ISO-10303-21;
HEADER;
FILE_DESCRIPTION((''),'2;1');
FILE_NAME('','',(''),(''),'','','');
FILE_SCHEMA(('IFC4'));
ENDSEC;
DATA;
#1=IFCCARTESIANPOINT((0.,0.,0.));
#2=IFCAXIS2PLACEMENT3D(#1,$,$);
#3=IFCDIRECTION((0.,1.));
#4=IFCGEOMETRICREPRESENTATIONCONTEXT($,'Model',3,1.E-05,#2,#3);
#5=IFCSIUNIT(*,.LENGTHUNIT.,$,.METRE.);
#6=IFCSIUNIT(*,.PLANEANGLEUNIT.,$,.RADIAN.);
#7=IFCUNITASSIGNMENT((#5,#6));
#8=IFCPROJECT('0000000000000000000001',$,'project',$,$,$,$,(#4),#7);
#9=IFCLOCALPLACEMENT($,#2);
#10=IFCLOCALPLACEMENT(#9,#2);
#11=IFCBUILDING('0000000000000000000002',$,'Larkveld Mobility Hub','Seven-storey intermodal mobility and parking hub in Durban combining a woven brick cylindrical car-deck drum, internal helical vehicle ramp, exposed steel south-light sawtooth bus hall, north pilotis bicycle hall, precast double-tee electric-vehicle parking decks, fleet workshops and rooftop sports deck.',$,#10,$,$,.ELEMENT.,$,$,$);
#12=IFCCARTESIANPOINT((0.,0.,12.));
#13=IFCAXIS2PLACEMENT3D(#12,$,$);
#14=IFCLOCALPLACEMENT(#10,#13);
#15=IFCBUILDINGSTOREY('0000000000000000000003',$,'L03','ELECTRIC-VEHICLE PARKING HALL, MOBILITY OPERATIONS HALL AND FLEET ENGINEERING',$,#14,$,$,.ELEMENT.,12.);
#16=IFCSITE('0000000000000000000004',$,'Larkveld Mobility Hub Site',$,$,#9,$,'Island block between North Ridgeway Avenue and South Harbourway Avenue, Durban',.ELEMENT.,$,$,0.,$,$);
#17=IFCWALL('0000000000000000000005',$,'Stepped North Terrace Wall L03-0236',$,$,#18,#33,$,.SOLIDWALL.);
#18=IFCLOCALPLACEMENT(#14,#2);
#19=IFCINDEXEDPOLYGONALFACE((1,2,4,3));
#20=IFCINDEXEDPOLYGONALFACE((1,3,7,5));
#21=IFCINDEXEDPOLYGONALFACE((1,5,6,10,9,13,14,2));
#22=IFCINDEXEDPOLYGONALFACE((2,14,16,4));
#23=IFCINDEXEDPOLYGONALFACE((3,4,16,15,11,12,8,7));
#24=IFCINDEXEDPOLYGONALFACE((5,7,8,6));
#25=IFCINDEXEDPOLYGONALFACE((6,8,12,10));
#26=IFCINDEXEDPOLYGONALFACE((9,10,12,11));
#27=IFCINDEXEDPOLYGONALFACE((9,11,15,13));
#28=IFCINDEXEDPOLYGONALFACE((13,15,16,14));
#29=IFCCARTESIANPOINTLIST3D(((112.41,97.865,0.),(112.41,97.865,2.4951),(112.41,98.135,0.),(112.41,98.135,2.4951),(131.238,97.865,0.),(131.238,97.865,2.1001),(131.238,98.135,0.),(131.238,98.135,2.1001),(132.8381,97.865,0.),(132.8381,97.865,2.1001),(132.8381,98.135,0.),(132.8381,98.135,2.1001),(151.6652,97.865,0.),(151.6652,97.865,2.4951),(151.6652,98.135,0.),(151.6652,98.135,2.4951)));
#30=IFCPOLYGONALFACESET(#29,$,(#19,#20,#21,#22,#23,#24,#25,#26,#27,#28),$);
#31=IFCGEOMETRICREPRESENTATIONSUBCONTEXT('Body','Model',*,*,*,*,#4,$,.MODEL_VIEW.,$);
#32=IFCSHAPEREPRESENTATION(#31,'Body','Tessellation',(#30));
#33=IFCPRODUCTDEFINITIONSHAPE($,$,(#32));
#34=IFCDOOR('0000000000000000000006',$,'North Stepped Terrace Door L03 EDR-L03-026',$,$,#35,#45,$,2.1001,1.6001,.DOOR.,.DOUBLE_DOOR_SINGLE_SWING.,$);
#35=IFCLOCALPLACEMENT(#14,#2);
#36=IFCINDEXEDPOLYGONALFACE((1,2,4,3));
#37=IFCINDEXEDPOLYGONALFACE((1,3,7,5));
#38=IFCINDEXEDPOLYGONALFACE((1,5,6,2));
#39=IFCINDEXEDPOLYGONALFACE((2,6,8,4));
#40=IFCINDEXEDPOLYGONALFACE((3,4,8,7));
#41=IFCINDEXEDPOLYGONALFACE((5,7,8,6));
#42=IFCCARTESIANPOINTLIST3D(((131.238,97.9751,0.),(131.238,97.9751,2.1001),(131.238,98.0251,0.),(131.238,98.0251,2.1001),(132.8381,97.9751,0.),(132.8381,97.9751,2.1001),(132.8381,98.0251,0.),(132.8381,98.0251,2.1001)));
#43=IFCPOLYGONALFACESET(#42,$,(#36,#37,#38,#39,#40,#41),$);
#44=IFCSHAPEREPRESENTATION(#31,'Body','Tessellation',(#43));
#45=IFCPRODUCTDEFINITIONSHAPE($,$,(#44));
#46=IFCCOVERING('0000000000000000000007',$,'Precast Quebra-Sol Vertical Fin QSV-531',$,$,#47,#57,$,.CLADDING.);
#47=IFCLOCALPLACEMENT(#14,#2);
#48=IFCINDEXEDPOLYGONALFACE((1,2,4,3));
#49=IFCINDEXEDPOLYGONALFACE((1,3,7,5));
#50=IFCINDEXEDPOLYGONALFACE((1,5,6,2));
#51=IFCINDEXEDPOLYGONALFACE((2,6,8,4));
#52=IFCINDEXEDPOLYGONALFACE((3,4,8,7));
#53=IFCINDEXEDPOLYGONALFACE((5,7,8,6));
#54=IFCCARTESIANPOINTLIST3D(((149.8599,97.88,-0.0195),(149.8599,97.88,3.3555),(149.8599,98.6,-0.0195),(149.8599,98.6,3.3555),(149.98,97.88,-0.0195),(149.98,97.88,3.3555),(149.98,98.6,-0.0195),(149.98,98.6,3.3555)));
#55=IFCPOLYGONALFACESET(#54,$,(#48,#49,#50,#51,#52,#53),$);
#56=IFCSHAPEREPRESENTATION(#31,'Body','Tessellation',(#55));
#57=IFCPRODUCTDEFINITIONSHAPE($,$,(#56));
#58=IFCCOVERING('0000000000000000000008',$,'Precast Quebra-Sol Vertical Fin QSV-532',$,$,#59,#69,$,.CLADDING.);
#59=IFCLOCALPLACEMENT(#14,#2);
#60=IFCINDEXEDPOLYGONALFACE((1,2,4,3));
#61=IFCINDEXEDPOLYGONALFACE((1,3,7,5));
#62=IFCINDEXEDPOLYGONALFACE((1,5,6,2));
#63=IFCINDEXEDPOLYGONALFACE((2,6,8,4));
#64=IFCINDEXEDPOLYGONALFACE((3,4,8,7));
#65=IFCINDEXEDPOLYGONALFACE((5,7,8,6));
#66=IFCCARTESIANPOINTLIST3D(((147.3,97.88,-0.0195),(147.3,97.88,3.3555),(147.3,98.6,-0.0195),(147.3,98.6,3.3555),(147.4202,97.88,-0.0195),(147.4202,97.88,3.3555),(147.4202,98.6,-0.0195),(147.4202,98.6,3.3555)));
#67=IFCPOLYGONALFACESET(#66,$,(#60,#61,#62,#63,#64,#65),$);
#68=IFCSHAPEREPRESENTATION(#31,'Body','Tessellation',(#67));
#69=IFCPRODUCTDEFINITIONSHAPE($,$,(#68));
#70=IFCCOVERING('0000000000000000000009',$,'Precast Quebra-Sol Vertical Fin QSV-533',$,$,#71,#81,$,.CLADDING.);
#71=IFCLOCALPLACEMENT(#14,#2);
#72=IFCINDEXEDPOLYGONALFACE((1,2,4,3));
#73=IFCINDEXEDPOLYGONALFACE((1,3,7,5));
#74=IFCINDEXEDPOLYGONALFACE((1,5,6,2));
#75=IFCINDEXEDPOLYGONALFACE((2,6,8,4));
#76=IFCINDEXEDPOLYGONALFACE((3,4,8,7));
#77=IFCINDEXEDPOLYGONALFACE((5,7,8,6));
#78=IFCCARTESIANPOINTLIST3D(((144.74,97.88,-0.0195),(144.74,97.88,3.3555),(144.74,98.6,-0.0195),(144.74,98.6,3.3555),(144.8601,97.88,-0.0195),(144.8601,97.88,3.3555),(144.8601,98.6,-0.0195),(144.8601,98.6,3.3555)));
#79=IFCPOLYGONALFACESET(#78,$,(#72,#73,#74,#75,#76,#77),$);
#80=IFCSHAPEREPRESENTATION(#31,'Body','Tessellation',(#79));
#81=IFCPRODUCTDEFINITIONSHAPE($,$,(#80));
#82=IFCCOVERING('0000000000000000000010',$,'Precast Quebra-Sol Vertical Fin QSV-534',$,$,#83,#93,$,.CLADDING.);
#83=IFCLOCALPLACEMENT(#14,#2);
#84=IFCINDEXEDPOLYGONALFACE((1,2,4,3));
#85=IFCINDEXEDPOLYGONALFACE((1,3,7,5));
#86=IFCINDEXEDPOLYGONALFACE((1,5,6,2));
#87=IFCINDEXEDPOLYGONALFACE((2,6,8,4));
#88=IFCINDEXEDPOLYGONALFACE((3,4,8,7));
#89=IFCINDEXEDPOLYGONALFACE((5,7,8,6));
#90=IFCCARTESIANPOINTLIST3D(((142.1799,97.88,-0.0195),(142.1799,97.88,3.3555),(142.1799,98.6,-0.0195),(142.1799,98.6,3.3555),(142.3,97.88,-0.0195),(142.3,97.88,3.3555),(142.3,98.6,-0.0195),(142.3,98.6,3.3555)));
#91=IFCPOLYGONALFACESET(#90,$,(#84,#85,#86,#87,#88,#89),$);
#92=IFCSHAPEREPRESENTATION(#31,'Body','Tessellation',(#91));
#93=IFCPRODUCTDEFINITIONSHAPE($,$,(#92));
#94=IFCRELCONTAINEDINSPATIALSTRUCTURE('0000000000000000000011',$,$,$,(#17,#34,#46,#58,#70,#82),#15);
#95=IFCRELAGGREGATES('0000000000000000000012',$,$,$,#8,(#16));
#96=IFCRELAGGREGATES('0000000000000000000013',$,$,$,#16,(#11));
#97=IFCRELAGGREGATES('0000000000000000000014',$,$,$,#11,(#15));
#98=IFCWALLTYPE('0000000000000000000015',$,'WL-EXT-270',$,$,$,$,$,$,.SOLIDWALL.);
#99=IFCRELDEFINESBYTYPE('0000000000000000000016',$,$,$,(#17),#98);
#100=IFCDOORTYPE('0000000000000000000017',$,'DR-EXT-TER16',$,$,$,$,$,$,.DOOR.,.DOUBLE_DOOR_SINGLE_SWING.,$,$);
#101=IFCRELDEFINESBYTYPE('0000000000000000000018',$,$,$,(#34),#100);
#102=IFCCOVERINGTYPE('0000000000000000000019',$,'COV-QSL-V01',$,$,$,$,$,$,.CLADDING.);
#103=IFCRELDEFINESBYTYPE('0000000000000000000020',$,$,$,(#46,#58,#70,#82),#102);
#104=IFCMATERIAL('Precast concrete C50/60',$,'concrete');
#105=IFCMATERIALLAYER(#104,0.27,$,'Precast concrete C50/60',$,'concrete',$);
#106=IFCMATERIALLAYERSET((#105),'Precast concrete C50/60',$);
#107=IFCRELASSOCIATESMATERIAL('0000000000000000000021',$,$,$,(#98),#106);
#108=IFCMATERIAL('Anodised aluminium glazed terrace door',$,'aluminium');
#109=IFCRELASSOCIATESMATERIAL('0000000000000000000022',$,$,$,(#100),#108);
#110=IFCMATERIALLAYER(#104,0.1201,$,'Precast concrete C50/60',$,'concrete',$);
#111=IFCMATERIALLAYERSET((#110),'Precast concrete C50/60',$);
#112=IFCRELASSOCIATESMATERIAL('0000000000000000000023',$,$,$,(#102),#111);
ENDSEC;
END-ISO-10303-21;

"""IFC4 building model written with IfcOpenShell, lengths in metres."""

from ifc_helpers import new_model, si_unit, direction, frame, frame_2d, origin, origin_2d, place, context, subcontext, project, spatial, rectangle, extrude, material, layer, layer_set, type_object, element, fill, save


model = new_model("IFC4")

# Units and contexts
model_context = context("Model", 3, precision=1e-05, world=origin(), true_north=direction((0.0, 1.0)))
body_context = subcontext(model_context, "Body", "Model", "MODEL_VIEW")
ifc_project = project(units=[si_unit("LENGTHUNIT", "METRE"), si_unit("PLANEANGLEUNIT", "RADIAN")], contexts=[model_context])

# Site, building, storey
site_placement = place(None, origin())
site = spatial("IfcSite", under=ifc_project, at=site_placement, Name="Larkveld Mobility Hub Site", LongName="Island block between North Ridgeway Avenue and South Harbourway Avenue, Durban", CompositionType="ELEMENT", RefElevation=0.0)
building_placement = place(site_placement, origin())
building = spatial("IfcBuilding", under=site, at=building_placement, Name="Larkveld Mobility Hub", Description="Seven-storey intermodal mobility and parking hub in Durban combining a woven brick cylindrical car-deck drum, internal helical vehicle ramp, exposed steel south-light sawtooth bus hall, north pilotis bicycle hall, precast double-tee electric-vehicle parking decks, fleet workshops and rooftop sports deck.", CompositionType="ELEMENT")
storey_placement = place(building_placement, frame((0.0, 0.0, 12.0)))
storey = spatial("IfcBuildingStorey", under=building, at=storey_placement, Name="L03", Description="ELECTRIC-VEHICLE PARKING HALL, MOBILITY OPERATIONS HALL AND FLEET ENGINEERING", CompositionType="ELEMENT", Elevation=12.0)

# Shared definitions
ifc_material_1 = material(Name="Precast concrete C50/60", Category="concrete")

# Wall, opening, door
ifc_layer_1 = layer(ifc_material_1, 0.27, Name="Precast concrete C50/60", Category="concrete")
ifc_layer_set_1 = layer_set([ifc_layer_1], Name="Precast concrete C50/60")
wall_type_1 = type_object("IfcWallType", Name="WL-EXT-270", PredefinedType="SOLIDWALL", material=ifc_layer_set_1)
wall_1_placement = place(storey_placement, frame((151.665, 98.0, 0.0), z_axis=(0.0, 0.0, 1.0), x_axis=(-1.0, 0.0, 0.0)))
wall_1 = element("IfcWall", 1, at=wall_1_placement, inside=storey, type_object=wall_type_1, Name="Stepped North Terrace Wall L03-0236", PredefinedType="SOLIDWALL", context=body_context, shape_type="SweptSolid", body=[
    extrude(rectangle(XDim=39.2551, YDim=0.27, at=frame_2d((19.6274, 0.0))), origin(), (0.0, 0.0, 1.0), 2.4951),
])
opening_placement = place(wall_1_placement, frame((18.8269, 0.0, 0.0)))
opening = element("IfcOpeningElement", 2, at=opening_placement, cuts=wall_1, PredefinedType="OPENING", context=body_context, shape_type="SweptSolid", body=[
    extrude(rectangle(XDim=1.6001, YDim=2.1001, at=frame_2d((0.8, 1.05))), frame((0.0, 0.145, 0.0), z_axis=(0.0, -1.0, 0.0), x_axis=(1.0, 0.0, 0.0)), (0.0, 0.0, 1.0), 0.29),
])
ifc_material_2 = material(Name="Anodised aluminium glazed terrace door", Category="aluminium")
door_type = type_object("IfcDoorType", Name="DR-EXT-TER16", OperationType="DOUBLE_DOOR_SINGLE_SWING", PredefinedType="DOOR", material=ifc_material_2)
door_placement = place(opening_placement, origin())
door = element("IfcDoor", 3, at=door_placement, inside=storey, type_object=door_type, Name="North Stepped Terrace Door L03 EDR-L03-026", OperationType="DOUBLE_DOOR_SINGLE_SWING", OverallHeight=2.1001, OverallWidth=1.6001, PredefinedType="DOOR", context=body_context, shape_type="SweptSolid", body=[
    extrude(rectangle(XDim=1.6001, YDim=2.1001, at=frame_2d((0.8, 1.05))), frame((0.0, 0.0249, 0.0), z_axis=(0.0, -1.0, 0.0), x_axis=(1.0, 0.0, 0.0)), (0.0, 0.0, 1.0), 0.05),
])
fill(opening, door)

# Coverings
ifc_layer_2 = layer(ifc_material_1, 0.1201, Name="Precast concrete C50/60", Category="concrete")
ifc_layer_set_2 = layer_set([ifc_layer_2], Name="Precast concrete C50/60")
covering_type = type_object("IfcCoveringType", Name="COV-QSL-V01", PredefinedType="CLADDING", material=ifc_layer_set_2)
for number, where, z_axis, x_axis, name in (
    (4, (149.9199, 98.24, -0.0195), (0.0, 0.0, 1.0), (-1.0, 0.0, 0.0), "Precast Quebra-Sol Vertical Fin QSV-531"),
    (5, (147.3601, 98.24, -0.0195), (0.0, 0.0, 1.0), (-1.0, 0.0, 0.0), "Precast Quebra-Sol Vertical Fin QSV-532"),
    (6, (144.8, 98.24, -0.0195), (0.0, 0.0, 1.0), (-1.0, 0.0, 0.0), "Precast Quebra-Sol Vertical Fin QSV-533"),
    (7, (142.24, 98.24, -0.0195), (0.0, 0.0, 1.0), (-1.0, 0.0, 0.0), "Precast Quebra-Sol Vertical Fin QSV-534"),
):
    element("IfcCovering", number, at=place(storey_placement, frame(where, z_axis=z_axis, x_axis=x_axis)), inside=storey, type_object=covering_type, Name=name, PredefinedType="CLADDING", context=body_context, shape_type="SweptSolid", body=[
        extrude(rectangle(XDim=0.1201, YDim=0.72, at=origin_2d()), origin(), (0.0, 0.0, 1.0), 3.375),
    ])

save(model, "model.ifc")
